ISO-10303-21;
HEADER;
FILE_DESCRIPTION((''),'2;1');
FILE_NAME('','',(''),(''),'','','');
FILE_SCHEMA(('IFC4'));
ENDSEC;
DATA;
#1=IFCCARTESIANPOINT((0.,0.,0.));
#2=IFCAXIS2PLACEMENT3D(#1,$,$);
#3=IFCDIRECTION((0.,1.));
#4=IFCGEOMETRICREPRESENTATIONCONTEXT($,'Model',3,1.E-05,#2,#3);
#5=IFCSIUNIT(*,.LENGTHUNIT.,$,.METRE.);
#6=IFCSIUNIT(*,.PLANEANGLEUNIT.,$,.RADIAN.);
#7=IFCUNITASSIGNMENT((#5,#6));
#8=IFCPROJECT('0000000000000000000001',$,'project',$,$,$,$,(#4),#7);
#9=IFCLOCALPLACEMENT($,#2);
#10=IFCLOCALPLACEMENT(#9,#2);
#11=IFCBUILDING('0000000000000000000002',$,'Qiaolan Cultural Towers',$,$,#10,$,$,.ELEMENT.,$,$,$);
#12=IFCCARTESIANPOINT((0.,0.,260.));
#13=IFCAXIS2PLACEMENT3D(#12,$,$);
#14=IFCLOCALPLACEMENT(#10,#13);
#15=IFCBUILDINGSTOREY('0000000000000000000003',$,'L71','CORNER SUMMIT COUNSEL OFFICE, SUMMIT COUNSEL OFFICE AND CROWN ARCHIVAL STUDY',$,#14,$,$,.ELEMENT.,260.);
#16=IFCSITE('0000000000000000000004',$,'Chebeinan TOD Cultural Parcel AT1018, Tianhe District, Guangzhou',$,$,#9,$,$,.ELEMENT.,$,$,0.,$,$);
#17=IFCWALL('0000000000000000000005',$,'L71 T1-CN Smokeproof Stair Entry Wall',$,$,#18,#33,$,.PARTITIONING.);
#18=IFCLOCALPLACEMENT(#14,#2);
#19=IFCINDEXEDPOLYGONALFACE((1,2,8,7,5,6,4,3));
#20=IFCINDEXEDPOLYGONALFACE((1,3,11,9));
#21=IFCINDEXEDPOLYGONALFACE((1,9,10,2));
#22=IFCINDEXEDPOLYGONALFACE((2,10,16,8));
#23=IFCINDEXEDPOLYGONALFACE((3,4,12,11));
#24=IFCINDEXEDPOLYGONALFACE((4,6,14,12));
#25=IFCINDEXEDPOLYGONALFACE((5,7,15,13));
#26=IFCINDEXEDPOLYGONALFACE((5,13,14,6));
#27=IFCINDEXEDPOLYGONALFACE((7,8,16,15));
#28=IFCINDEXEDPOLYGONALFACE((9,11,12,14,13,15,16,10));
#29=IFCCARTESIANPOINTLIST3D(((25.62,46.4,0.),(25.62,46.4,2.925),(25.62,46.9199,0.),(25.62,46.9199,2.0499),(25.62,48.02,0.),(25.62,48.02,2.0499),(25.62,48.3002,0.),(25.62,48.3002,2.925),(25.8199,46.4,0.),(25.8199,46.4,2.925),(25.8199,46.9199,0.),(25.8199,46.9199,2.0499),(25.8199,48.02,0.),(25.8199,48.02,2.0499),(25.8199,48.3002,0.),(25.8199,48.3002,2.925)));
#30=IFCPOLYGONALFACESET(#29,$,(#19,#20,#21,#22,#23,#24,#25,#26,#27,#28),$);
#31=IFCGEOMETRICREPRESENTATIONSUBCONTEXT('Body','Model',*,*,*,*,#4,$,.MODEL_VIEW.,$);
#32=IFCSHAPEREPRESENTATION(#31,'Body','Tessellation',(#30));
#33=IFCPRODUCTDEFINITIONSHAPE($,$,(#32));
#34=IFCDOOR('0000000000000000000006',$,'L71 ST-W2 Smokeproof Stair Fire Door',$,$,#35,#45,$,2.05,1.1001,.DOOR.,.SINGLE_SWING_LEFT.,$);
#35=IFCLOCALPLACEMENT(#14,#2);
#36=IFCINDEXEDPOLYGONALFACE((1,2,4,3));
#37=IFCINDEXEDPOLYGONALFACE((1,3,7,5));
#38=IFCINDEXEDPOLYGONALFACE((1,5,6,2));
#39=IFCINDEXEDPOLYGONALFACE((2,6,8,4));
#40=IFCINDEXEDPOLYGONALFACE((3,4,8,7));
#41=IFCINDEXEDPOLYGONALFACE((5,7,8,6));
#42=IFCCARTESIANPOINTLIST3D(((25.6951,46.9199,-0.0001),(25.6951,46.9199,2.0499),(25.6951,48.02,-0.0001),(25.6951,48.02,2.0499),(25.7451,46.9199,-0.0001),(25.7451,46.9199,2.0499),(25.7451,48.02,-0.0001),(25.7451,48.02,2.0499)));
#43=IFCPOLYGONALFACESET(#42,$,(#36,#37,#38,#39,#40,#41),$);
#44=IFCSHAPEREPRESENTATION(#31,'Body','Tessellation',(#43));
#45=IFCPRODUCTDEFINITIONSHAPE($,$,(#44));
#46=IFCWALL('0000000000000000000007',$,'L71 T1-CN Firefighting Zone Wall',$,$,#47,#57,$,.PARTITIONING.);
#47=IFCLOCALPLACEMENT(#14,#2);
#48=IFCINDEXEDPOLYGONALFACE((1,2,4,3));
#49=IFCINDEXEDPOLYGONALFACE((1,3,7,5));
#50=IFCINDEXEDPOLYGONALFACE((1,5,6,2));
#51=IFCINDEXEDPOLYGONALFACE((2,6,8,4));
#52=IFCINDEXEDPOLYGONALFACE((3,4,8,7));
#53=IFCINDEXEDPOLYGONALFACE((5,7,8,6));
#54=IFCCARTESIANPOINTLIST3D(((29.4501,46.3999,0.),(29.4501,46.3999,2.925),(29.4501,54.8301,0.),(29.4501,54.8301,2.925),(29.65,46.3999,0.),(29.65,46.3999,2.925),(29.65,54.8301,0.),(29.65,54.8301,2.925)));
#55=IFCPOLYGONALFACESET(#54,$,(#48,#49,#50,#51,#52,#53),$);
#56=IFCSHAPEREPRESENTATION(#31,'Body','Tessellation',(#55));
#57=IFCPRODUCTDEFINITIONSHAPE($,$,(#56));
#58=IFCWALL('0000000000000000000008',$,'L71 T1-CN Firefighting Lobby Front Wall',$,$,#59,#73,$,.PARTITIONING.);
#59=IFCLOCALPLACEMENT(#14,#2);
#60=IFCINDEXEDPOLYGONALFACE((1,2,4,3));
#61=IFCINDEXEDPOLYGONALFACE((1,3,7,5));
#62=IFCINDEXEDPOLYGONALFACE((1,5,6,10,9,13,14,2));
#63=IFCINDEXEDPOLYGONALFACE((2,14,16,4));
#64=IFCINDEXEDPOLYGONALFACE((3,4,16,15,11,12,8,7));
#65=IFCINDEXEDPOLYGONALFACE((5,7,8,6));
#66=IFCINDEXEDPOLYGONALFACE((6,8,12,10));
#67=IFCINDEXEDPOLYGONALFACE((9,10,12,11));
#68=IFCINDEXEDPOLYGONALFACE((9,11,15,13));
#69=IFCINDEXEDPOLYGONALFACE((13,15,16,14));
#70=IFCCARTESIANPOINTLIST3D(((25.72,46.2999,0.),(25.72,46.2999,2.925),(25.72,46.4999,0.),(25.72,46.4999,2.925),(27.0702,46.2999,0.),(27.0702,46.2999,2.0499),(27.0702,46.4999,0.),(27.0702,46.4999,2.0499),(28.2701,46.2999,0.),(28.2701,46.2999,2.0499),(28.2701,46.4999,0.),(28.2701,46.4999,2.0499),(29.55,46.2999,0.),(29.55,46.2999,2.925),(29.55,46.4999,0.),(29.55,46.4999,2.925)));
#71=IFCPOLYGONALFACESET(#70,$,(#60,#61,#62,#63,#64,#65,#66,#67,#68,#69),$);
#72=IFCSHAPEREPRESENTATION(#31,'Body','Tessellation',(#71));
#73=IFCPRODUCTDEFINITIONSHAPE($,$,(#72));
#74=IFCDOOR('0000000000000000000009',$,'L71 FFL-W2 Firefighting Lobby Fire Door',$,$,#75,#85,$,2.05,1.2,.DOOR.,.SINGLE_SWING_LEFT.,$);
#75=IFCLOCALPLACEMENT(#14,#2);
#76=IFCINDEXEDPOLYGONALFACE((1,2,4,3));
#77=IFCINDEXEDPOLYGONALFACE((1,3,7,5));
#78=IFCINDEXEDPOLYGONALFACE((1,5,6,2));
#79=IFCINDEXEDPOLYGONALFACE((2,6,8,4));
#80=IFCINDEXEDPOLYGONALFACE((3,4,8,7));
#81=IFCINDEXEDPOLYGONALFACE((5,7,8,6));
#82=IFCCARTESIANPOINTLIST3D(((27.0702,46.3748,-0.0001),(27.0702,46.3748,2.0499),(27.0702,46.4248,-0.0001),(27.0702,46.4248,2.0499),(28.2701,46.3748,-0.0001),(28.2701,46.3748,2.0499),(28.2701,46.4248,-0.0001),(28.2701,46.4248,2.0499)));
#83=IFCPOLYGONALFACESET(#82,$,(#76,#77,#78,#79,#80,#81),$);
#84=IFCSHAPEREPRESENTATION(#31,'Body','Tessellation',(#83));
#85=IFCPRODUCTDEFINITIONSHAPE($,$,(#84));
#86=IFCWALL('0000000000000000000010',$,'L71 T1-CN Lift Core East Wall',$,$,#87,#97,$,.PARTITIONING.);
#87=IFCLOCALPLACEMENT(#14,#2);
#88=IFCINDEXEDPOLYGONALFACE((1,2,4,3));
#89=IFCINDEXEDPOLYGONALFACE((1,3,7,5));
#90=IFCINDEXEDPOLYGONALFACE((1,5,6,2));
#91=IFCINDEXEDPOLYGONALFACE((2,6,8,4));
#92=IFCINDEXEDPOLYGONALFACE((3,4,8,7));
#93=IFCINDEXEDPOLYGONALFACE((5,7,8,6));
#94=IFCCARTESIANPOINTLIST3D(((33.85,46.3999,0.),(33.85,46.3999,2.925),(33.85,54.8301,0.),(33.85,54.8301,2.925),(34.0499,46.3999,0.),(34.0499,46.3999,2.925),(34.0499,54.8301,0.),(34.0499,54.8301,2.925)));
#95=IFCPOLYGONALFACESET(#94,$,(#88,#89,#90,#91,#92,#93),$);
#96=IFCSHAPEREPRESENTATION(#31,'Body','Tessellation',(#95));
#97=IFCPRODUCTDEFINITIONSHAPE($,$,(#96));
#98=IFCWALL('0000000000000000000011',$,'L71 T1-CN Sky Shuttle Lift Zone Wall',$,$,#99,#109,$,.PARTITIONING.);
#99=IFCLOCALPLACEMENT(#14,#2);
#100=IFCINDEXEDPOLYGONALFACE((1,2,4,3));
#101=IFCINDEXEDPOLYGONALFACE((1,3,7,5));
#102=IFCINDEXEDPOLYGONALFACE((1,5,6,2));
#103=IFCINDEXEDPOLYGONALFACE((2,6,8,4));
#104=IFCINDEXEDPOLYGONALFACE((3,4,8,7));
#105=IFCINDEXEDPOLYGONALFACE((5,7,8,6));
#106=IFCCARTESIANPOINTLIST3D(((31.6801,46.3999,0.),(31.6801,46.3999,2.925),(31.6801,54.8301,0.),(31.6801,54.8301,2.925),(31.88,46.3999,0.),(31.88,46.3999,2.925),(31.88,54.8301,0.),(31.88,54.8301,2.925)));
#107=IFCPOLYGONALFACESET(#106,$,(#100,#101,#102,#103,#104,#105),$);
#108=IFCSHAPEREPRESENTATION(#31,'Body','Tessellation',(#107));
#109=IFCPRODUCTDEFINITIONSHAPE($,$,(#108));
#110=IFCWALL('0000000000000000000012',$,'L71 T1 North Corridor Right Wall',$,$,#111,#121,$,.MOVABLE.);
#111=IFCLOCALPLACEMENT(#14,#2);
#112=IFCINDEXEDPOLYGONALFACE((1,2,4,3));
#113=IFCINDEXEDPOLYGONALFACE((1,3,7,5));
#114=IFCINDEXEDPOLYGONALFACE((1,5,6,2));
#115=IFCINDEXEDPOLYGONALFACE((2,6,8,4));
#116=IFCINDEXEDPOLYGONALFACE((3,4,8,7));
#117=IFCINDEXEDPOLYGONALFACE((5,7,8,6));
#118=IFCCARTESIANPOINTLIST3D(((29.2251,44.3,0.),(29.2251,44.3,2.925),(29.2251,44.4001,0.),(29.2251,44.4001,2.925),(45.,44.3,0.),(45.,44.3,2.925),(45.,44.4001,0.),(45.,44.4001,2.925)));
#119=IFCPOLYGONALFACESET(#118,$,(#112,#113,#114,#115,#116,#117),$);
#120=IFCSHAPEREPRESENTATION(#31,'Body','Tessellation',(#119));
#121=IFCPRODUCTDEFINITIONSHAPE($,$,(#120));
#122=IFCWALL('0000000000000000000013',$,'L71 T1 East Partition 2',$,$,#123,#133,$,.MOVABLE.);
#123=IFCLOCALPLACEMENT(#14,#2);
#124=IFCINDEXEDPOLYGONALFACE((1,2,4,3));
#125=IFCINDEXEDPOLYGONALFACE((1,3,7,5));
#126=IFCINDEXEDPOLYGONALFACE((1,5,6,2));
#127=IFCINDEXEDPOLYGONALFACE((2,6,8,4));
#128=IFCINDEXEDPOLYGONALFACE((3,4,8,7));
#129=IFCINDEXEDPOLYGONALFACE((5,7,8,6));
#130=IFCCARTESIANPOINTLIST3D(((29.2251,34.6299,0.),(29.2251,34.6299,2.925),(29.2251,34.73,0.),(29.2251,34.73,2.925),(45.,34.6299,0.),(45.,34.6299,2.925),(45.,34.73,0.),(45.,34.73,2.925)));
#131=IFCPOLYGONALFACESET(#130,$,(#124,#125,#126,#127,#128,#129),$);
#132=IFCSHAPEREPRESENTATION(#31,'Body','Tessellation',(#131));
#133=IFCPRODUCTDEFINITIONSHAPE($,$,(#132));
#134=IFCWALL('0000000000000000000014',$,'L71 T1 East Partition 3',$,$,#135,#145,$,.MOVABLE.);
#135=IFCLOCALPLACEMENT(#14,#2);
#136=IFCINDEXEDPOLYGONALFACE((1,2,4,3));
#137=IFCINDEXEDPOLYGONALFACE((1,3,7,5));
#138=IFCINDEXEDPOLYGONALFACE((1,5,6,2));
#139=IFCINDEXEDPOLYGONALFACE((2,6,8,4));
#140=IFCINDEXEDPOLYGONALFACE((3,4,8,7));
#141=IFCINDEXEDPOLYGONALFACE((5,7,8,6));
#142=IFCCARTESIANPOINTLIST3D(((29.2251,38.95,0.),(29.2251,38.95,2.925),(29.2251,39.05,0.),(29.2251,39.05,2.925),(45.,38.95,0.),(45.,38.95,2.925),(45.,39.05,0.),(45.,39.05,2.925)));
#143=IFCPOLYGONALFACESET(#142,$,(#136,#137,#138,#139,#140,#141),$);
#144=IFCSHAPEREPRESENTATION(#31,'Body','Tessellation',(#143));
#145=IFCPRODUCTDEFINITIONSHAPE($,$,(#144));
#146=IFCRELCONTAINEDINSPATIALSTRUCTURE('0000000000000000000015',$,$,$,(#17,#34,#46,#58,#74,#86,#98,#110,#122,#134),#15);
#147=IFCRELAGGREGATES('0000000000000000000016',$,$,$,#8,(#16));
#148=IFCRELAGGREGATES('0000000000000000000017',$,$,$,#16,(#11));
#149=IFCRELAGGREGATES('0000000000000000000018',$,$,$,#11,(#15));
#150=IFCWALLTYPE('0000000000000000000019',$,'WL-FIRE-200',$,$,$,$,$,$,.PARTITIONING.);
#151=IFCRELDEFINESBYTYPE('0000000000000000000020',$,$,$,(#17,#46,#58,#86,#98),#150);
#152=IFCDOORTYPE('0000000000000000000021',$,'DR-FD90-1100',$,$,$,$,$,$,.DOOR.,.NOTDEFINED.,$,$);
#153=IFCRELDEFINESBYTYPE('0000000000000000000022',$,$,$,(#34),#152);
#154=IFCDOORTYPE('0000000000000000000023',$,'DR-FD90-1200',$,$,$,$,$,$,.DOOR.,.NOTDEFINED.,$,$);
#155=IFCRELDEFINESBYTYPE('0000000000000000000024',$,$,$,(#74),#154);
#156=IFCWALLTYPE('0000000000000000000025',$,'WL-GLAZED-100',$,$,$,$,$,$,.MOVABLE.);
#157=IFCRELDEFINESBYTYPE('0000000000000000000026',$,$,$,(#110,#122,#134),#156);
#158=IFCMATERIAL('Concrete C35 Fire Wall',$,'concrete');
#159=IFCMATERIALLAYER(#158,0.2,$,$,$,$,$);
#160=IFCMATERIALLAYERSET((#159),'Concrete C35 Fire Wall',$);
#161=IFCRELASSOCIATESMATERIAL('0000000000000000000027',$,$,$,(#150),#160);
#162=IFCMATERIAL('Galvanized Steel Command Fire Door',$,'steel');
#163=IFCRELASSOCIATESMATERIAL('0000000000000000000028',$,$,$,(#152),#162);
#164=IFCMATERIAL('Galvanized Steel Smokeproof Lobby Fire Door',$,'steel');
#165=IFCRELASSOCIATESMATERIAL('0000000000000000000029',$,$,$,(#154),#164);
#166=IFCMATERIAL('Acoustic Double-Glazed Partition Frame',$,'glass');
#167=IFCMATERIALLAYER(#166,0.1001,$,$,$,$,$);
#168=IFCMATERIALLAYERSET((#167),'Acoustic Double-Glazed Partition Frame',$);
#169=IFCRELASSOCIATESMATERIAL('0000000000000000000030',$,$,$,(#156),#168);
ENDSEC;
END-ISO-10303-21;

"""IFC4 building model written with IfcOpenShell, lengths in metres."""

from ifc_helpers import new_model, si_unit, direction, frame, frame_2d, origin, place, context, subcontext, project, spatial, rectangle, extrude, material, layer, layer_set, type_object, element, fill, save


model = new_model("IFC4")

# Units and contexts
model_context = context("Model", 3, precision=1e-05, world=origin(), true_north=direction((0.0, 1.0)))
body_context = subcontext(model_context, "Body", "Model", "MODEL_VIEW")
ifc_project = project(units=[si_unit("LENGTHUNIT", "METRE"), si_unit("PLANEANGLEUNIT", "RADIAN")], contexts=[model_context])

# Site, building, storey
site_placement = place(None, origin())
site = spatial("IfcSite", under=ifc_project, at=site_placement, Name="Chebeinan TOD Cultural Parcel AT1018, Tianhe District, Guangzhou", CompositionType="ELEMENT", RefElevation=0.0)
building_placement = place(site_placement, origin())
building = spatial("IfcBuilding", under=site, at=building_placement, Name="Qiaolan Cultural Towers", CompositionType="ELEMENT")
storey_placement = place(building_placement, frame((0.0, 0.0, 260.0)))
storey = spatial("IfcBuildingStorey", under=building, at=storey_placement, Name="L71", Description="CORNER SUMMIT COUNSEL OFFICE, SUMMIT COUNSEL OFFICE AND CROWN ARCHIVAL STUDY", CompositionType="ELEMENT", Elevation=260.0)

# Wall, opening, door
ifc_material_1 = material(Name="Concrete C35 Fire Wall", Category="concrete")
ifc_layer_1 = layer(ifc_material_1, 0.2)
ifc_layer_set_1 = layer_set([ifc_layer_1], Name="Concrete C35 Fire Wall")
wall_type_1 = type_object("IfcWallType", Name="WL-FIRE-200", PredefinedType="PARTITIONING", material=ifc_layer_set_1)
wall_1_placement = place(storey_placement, frame((25.72, 46.3999, 0.0), z_axis=(0.0, 0.0, 1.0), x_axis=(0.0, 1.0, 0.0)))
wall_1 = element("IfcWall", 1, at=wall_1_placement, inside=storey, type_object=wall_type_1, Name="L71 T1-CN Smokeproof Stair Entry Wall", PredefinedType="PARTITIONING", context=body_context, shape_type="SweptSolid", body=[
    extrude(rectangle(XDim=1.9001, YDim=0.2, at=frame_2d((0.9502, 0.0))), origin(), (0.0, 0.0, 1.0), 2.925),
])
opening_1_placement = place(wall_1_placement, frame((0.52, 0.0, 0.0)))
opening_1 = element("IfcOpeningElement", 2, at=opening_1_placement, cuts=wall_1, PredefinedType="OPENING", context=body_context, shape_type="SweptSolid", body=[
    extrude(rectangle(XDim=1.1001, YDim=2.05, at=frame_2d((0.55, 1.0249))), frame((0.0, 0.1099, 0.0), z_axis=(0.0, -1.0, 0.0), x_axis=(1.0, 0.0, 0.0)), (0.0, 0.0, 1.0), 0.22),
])
ifc_material_2 = material(Name="Galvanized Steel Command Fire Door", Category="steel")
door_type_1 = type_object("IfcDoorType", Name="DR-FD90-1100", OperationType="NOTDEFINED", PredefinedType="DOOR", material=ifc_material_2)
door_1_placement = place(opening_1_placement, origin())
door_1 = element("IfcDoor", 3, at=door_1_placement, inside=storey, type_object=door_type_1, Name="L71 ST-W2 Smokeproof Stair Fire Door", OperationType="SINGLE_SWING_LEFT", OverallHeight=2.05, OverallWidth=1.1001, PredefinedType="DOOR", context=body_context, shape_type="SweptSolid", body=[
    extrude(rectangle(XDim=1.1001, YDim=2.05, at=frame_2d((0.55, 1.0249))), frame((0.0, 0.0249, 0.0), z_axis=(0.0, -1.0, 0.0), x_axis=(1.0, 0.0, 0.0)), (0.0, 0.0, 1.0), 0.05),
])
fill(opening_1, door_1)

# Wall
wall_2_placement = place(storey_placement, frame((29.55, 46.3999, 0.0), z_axis=(0.0, 0.0, 1.0), x_axis=(0.0, 1.0, 0.0)))
element("IfcWall", 4, at=wall_2_placement, inside=storey, type_object=wall_type_1, Name="L71 T1-CN Firefighting Zone Wall", PredefinedType="PARTITIONING", context=body_context, shape_type="SweptSolid", body=[
    extrude(rectangle(XDim=8.4302, YDim=0.2, at=frame_2d((4.2151, 0.0))), origin(), (0.0, 0.0, 1.0), 2.925),
])

# Wall, opening, door
wall_3_placement = place(storey_placement, frame((25.72, 46.3999, 0.0), z_axis=(0.0, 0.0, 1.0), x_axis=(1.0, 0.0, 0.0)))
wall_3 = element("IfcWall", 5, at=wall_3_placement, inside=storey, type_object=wall_type_1, Name="L71 T1-CN Firefighting Lobby Front Wall", PredefinedType="PARTITIONING", context=body_context, shape_type="SweptSolid", body=[
    extrude(rectangle(XDim=3.8301, YDim=0.2, at=frame_2d((1.915, 0.0))), origin(), (0.0, 0.0, 1.0), 2.925),
])
opening_2_placement = place(wall_3_placement, frame((1.3501, 0.0, 0.0)))
opening_2 = element("IfcOpeningElement", 6, at=opening_2_placement, cuts=wall_3, PredefinedType="OPENING", context=body_context, shape_type="SweptSolid", body=[
    extrude(rectangle(XDim=1.2, YDim=2.05, at=frame_2d((0.6001, 1.0249))), frame((0.0, 0.1099, 0.0), z_axis=(0.0, -1.0, 0.0), x_axis=(1.0, 0.0, 0.0)), (0.0, 0.0, 1.0), 0.22),
])
ifc_material_3 = material(Name="Galvanized Steel Smokeproof Lobby Fire Door", Category="steel")
door_type_2 = type_object("IfcDoorType", Name="DR-FD90-1200", OperationType="NOTDEFINED", PredefinedType="DOOR", material=ifc_material_3)
door_2_placement = place(opening_2_placement, origin())
door_2 = element("IfcDoor", 7, at=door_2_placement, inside=storey, type_object=door_type_2, Name="L71 FFL-W2 Firefighting Lobby Fire Door", OperationType="SINGLE_SWING_LEFT", OverallHeight=2.05, OverallWidth=1.2, PredefinedType="DOOR", context=body_context, shape_type="SweptSolid", body=[
    extrude(rectangle(XDim=1.2, YDim=2.05, at=frame_2d((0.6001, 1.0249))), frame((0.0, 0.0249, 0.0), z_axis=(0.0, -1.0, 0.0), x_axis=(1.0, 0.0, 0.0)), (0.0, 0.0, 1.0), 0.05),
])
fill(opening_2, door_2)

# Walls
for number, where, z_axis, x_axis, name in (
    (8, (33.95, 46.3999, 0.0), (0.0, 0.0, 1.0), (0.0, 1.0, 0.0), "L71 T1-CN Lift Core East Wall"),
    (9, (31.78, 46.3999, 0.0), (0.0, 0.0, 1.0), (0.0, 1.0, 0.0), "L71 T1-CN Sky Shuttle Lift Zone Wall"),
):
    element("IfcWall", number, at=place(storey_placement, frame(where, z_axis=z_axis, x_axis=x_axis)), inside=storey, type_object=wall_type_1, Name=name, PredefinedType="PARTITIONING", context=body_context, shape_type="SweptSolid", body=[
        extrude(rectangle(XDim=8.4302, YDim=0.2, at=frame_2d((4.2151, 0.0))), origin(), (0.0, 0.0, 1.0), 2.925),
    ])
ifc_material_4 = material(Name="Acoustic Double-Glazed Partition Frame", Category="glass")
ifc_layer_2 = layer(ifc_material_4, 0.1001)
ifc_layer_set_2 = layer_set([ifc_layer_2], Name="Acoustic Double-Glazed Partition Frame")
wall_type_2 = type_object("IfcWallType", Name="WL-GLAZED-100", PredefinedType="MOVABLE", material=ifc_layer_set_2)
for number, where, z_axis, x_axis, name in (
    (10, (29.2251, 44.3501, 0.0), (0.0, 0.0, 1.0), (1.0, 0.0, 0.0), "L71 T1 North Corridor Right Wall"),
    (11, (29.2251, 34.6799, 0.0), (0.0, 0.0, 1.0), (1.0, 0.0, 0.0), "L71 T1 East Partition 2"),
    (12, (29.2251, 39.0, 0.0), (0.0, 0.0, 1.0), (1.0, 0.0, 0.0), "L71 T1 East Partition 3"),
):
    element("IfcWall", number, at=place(storey_placement, frame(where, z_axis=z_axis, x_axis=x_axis)), inside=storey, type_object=wall_type_2, Name=name, PredefinedType="MOVABLE", context=body_context, shape_type="SweptSolid", body=[
        extrude(rectangle(XDim=15.7749, YDim=0.1001, at=frame_2d((7.8875, 0.0))), origin(), (0.0, 0.0, 1.0), 2.925),
    ])

save(model, "model.ifc")
